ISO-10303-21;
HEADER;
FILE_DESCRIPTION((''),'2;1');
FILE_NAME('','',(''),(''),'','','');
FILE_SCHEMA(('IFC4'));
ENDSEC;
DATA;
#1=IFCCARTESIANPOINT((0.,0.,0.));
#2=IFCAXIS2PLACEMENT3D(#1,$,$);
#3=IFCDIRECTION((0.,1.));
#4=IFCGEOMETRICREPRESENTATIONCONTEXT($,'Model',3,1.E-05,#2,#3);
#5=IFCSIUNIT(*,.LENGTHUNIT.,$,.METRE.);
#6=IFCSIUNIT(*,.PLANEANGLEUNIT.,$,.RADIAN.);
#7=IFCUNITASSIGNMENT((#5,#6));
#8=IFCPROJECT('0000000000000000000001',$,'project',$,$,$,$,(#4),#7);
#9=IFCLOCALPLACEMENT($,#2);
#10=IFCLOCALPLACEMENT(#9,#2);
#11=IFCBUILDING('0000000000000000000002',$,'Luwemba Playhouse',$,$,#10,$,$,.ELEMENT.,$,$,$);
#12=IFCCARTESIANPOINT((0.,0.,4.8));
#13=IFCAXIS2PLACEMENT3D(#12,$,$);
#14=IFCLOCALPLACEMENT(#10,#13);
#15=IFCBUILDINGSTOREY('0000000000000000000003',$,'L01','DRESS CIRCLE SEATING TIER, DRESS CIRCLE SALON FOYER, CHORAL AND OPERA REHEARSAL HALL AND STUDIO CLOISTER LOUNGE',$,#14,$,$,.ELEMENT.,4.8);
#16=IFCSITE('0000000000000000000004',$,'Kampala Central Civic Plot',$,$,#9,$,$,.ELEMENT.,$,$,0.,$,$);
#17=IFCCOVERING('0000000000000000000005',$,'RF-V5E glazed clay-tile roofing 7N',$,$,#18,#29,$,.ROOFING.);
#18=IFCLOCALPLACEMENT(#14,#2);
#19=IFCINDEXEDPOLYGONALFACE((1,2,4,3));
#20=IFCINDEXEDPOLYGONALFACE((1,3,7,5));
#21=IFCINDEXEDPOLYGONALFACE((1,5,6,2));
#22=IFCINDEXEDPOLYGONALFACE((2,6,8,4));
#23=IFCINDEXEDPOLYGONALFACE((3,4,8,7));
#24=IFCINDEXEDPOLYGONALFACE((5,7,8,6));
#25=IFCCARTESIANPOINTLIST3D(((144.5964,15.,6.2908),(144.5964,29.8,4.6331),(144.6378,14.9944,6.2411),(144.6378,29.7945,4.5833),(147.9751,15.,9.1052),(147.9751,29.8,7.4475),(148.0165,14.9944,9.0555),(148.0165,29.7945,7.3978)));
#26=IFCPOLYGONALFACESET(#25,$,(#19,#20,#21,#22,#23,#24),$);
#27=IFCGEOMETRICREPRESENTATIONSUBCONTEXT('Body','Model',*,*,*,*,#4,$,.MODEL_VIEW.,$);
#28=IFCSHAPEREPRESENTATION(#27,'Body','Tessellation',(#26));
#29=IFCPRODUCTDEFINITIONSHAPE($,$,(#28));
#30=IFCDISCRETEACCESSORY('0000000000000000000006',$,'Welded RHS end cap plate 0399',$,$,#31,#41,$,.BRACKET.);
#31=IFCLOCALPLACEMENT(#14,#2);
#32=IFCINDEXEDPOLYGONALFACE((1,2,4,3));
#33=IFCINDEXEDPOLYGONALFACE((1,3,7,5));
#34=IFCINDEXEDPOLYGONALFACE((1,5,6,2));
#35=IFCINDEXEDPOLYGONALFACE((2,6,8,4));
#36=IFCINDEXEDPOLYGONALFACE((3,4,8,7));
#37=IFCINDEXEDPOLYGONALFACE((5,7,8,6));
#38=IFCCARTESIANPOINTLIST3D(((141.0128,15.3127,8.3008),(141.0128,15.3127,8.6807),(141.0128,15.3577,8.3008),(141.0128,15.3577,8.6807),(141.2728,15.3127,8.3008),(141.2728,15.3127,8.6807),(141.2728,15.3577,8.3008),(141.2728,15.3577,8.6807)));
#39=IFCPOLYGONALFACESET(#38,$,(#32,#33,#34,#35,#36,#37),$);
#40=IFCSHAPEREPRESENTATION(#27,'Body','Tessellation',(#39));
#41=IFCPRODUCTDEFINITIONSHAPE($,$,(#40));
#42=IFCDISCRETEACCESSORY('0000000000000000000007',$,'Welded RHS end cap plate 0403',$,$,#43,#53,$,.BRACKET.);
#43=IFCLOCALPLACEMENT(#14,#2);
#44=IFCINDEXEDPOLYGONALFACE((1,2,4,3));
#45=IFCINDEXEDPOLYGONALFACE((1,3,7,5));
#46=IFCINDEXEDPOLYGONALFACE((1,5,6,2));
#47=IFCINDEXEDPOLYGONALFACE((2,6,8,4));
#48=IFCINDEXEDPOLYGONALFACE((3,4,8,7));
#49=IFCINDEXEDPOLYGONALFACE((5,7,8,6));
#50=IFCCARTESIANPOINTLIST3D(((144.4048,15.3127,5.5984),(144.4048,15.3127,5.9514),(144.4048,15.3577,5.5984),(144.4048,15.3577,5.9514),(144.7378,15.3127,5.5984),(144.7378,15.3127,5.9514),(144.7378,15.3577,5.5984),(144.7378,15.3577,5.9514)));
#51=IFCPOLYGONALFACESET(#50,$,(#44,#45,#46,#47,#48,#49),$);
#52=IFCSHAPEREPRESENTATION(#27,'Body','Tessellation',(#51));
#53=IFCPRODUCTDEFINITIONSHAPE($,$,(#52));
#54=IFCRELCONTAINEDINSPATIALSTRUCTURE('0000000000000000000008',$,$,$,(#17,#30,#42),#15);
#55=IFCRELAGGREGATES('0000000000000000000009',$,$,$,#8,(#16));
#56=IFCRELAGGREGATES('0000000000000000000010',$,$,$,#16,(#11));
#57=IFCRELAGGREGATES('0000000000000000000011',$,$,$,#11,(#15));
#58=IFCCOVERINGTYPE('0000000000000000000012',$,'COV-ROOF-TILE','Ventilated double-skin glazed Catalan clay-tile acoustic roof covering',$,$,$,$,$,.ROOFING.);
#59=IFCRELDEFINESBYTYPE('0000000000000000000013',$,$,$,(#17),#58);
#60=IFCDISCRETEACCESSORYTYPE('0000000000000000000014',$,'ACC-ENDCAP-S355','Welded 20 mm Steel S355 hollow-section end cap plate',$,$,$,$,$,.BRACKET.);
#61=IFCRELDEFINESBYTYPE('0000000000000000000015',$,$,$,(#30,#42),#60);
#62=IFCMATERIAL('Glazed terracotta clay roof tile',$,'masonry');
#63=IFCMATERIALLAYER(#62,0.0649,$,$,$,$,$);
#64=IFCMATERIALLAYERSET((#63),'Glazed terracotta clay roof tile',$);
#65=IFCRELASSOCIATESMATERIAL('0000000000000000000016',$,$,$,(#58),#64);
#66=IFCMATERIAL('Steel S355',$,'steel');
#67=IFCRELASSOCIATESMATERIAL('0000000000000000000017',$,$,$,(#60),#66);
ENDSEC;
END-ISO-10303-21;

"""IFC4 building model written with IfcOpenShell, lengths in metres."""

from ifc_helpers import new_model, si_unit, direction, frame, origin, origin_2d, place, context, subcontext, project, spatial, polyline, rectangle, outline, extrude, material, layer, layer_set, type_object, element, save


model = new_model("IFC4")

# Units and contexts
model_context = context("Model", 3, precision=1e-05, world=origin(), true_north=direction((0.0, 1.0)))
body_context = subcontext(model_context, "Body", "Model", "MODEL_VIEW")
ifc_project = project(units=[si_unit("LENGTHUNIT", "METRE"), si_unit("PLANEANGLEUNIT", "RADIAN")], contexts=[model_context])

# Site, building, storey
site_placement = place(None, origin())
site = spatial("IfcSite", under=ifc_project, at=site_placement, Name="Kampala Central Civic Plot", CompositionType="ELEMENT", RefElevation=0.0)
building_placement = place(site_placement, origin())
building = spatial("IfcBuilding", under=site, at=building_placement, Name="Luwemba Playhouse", CompositionType="ELEMENT")
storey_placement = place(building_placement, frame((0.0, 0.0, 4.8)))
storey = spatial("IfcBuildingStorey", under=building, at=storey_placement, Name="L01", Description="DRESS CIRCLE SEATING TIER, DRESS CIRCLE SALON FOYER, CHORAL AND OPERA REHEARSAL HALL AND STUDIO CLOISTER LOUNGE", CompositionType="ELEMENT", Elevation=4.8)

# Shared definitions
ifc_material_1 = material(Name="Steel S355", Category="steel")

# Covering
ifc_material_2 = material(Name="Glazed terracotta clay roof tile", Category="masonry")
ifc_layer_1 = layer(ifc_material_2, 0.0649)
ifc_layer_set_1 = layer_set([ifc_layer_1], Name="Glazed terracotta clay roof tile")
covering_type = type_object("IfcCoveringType", Name="COV-ROOF-TILE", Description="Ventilated double-skin glazed Catalan clay-tile acoustic roof covering", PredefinedType="ROOFING", material=ifc_layer_set_1)
covering_1_placement = place(storey_placement, frame((144.5964, 15.0, 6.2908), z_axis=(-0.63768, 0.085743, 0.765515), x_axis=(0.768344, 0.0, 0.640037)))
element("IfcCovering", 1, at=covering_1_placement, inside=storey, type_object=covering_type, Name="RF-V5E glazed clay-tile roofing 7N", PredefinedType="ROOFING", context=body_context, shape_type="SweptSolid", body=[
    extrude(outline(polyline([(0.0, 0.0), (4.3973, 0.0), (3.3363, 14.8548), (-1.061, 14.8548), (0.0, 0.0)])), origin(), (0.0, 0.0, -1.0), 0.0649),
])

# Discrete accessories
discrete_accessory_type = type_object("IfcDiscreteAccessoryType", Name="ACC-ENDCAP-S355", Description="Welded 20 mm Steel S355 hollow-section end cap plate", PredefinedType="BRACKET", material=ifc_material_1)
discrete_accessory_1_placement = place(storey_placement, frame((141.1428, 15.3352, 8.3008), z_axis=(0.0, 0.0, 1.0), x_axis=(1.0, 0.0, 0.0)))
element("IfcDiscreteAccessory", 2, at=discrete_accessory_1_placement, inside=storey, type_object=discrete_accessory_type, Name="Welded RHS end cap plate 0399", PredefinedType="BRACKET", context=body_context, shape_type="SweptSolid", body=[
    extrude(rectangle(XDim=0.26, YDim=0.0449, at=origin_2d()), origin(), (0.0, 0.0, 1.0), 0.3799),
])
discrete_accessory_2_placement = place(storey_placement, frame((144.5713, 15.3352, 5.5984), z_axis=(0.0, 0.0, 1.0), x_axis=(1.0, 0.0, 0.0)))
element("IfcDiscreteAccessory", 3, at=discrete_accessory_2_placement, inside=storey, type_object=discrete_accessory_type, Name="Welded RHS end cap plate 0403", PredefinedType="BRACKET", context=body_context, shape_type="SweptSolid", body=[
    extrude(rectangle(XDim=0.333, YDim=0.0449, at=origin_2d()), origin(), (0.0, 0.0, 1.0), 0.353),
])

save(model, "model.ifc")
